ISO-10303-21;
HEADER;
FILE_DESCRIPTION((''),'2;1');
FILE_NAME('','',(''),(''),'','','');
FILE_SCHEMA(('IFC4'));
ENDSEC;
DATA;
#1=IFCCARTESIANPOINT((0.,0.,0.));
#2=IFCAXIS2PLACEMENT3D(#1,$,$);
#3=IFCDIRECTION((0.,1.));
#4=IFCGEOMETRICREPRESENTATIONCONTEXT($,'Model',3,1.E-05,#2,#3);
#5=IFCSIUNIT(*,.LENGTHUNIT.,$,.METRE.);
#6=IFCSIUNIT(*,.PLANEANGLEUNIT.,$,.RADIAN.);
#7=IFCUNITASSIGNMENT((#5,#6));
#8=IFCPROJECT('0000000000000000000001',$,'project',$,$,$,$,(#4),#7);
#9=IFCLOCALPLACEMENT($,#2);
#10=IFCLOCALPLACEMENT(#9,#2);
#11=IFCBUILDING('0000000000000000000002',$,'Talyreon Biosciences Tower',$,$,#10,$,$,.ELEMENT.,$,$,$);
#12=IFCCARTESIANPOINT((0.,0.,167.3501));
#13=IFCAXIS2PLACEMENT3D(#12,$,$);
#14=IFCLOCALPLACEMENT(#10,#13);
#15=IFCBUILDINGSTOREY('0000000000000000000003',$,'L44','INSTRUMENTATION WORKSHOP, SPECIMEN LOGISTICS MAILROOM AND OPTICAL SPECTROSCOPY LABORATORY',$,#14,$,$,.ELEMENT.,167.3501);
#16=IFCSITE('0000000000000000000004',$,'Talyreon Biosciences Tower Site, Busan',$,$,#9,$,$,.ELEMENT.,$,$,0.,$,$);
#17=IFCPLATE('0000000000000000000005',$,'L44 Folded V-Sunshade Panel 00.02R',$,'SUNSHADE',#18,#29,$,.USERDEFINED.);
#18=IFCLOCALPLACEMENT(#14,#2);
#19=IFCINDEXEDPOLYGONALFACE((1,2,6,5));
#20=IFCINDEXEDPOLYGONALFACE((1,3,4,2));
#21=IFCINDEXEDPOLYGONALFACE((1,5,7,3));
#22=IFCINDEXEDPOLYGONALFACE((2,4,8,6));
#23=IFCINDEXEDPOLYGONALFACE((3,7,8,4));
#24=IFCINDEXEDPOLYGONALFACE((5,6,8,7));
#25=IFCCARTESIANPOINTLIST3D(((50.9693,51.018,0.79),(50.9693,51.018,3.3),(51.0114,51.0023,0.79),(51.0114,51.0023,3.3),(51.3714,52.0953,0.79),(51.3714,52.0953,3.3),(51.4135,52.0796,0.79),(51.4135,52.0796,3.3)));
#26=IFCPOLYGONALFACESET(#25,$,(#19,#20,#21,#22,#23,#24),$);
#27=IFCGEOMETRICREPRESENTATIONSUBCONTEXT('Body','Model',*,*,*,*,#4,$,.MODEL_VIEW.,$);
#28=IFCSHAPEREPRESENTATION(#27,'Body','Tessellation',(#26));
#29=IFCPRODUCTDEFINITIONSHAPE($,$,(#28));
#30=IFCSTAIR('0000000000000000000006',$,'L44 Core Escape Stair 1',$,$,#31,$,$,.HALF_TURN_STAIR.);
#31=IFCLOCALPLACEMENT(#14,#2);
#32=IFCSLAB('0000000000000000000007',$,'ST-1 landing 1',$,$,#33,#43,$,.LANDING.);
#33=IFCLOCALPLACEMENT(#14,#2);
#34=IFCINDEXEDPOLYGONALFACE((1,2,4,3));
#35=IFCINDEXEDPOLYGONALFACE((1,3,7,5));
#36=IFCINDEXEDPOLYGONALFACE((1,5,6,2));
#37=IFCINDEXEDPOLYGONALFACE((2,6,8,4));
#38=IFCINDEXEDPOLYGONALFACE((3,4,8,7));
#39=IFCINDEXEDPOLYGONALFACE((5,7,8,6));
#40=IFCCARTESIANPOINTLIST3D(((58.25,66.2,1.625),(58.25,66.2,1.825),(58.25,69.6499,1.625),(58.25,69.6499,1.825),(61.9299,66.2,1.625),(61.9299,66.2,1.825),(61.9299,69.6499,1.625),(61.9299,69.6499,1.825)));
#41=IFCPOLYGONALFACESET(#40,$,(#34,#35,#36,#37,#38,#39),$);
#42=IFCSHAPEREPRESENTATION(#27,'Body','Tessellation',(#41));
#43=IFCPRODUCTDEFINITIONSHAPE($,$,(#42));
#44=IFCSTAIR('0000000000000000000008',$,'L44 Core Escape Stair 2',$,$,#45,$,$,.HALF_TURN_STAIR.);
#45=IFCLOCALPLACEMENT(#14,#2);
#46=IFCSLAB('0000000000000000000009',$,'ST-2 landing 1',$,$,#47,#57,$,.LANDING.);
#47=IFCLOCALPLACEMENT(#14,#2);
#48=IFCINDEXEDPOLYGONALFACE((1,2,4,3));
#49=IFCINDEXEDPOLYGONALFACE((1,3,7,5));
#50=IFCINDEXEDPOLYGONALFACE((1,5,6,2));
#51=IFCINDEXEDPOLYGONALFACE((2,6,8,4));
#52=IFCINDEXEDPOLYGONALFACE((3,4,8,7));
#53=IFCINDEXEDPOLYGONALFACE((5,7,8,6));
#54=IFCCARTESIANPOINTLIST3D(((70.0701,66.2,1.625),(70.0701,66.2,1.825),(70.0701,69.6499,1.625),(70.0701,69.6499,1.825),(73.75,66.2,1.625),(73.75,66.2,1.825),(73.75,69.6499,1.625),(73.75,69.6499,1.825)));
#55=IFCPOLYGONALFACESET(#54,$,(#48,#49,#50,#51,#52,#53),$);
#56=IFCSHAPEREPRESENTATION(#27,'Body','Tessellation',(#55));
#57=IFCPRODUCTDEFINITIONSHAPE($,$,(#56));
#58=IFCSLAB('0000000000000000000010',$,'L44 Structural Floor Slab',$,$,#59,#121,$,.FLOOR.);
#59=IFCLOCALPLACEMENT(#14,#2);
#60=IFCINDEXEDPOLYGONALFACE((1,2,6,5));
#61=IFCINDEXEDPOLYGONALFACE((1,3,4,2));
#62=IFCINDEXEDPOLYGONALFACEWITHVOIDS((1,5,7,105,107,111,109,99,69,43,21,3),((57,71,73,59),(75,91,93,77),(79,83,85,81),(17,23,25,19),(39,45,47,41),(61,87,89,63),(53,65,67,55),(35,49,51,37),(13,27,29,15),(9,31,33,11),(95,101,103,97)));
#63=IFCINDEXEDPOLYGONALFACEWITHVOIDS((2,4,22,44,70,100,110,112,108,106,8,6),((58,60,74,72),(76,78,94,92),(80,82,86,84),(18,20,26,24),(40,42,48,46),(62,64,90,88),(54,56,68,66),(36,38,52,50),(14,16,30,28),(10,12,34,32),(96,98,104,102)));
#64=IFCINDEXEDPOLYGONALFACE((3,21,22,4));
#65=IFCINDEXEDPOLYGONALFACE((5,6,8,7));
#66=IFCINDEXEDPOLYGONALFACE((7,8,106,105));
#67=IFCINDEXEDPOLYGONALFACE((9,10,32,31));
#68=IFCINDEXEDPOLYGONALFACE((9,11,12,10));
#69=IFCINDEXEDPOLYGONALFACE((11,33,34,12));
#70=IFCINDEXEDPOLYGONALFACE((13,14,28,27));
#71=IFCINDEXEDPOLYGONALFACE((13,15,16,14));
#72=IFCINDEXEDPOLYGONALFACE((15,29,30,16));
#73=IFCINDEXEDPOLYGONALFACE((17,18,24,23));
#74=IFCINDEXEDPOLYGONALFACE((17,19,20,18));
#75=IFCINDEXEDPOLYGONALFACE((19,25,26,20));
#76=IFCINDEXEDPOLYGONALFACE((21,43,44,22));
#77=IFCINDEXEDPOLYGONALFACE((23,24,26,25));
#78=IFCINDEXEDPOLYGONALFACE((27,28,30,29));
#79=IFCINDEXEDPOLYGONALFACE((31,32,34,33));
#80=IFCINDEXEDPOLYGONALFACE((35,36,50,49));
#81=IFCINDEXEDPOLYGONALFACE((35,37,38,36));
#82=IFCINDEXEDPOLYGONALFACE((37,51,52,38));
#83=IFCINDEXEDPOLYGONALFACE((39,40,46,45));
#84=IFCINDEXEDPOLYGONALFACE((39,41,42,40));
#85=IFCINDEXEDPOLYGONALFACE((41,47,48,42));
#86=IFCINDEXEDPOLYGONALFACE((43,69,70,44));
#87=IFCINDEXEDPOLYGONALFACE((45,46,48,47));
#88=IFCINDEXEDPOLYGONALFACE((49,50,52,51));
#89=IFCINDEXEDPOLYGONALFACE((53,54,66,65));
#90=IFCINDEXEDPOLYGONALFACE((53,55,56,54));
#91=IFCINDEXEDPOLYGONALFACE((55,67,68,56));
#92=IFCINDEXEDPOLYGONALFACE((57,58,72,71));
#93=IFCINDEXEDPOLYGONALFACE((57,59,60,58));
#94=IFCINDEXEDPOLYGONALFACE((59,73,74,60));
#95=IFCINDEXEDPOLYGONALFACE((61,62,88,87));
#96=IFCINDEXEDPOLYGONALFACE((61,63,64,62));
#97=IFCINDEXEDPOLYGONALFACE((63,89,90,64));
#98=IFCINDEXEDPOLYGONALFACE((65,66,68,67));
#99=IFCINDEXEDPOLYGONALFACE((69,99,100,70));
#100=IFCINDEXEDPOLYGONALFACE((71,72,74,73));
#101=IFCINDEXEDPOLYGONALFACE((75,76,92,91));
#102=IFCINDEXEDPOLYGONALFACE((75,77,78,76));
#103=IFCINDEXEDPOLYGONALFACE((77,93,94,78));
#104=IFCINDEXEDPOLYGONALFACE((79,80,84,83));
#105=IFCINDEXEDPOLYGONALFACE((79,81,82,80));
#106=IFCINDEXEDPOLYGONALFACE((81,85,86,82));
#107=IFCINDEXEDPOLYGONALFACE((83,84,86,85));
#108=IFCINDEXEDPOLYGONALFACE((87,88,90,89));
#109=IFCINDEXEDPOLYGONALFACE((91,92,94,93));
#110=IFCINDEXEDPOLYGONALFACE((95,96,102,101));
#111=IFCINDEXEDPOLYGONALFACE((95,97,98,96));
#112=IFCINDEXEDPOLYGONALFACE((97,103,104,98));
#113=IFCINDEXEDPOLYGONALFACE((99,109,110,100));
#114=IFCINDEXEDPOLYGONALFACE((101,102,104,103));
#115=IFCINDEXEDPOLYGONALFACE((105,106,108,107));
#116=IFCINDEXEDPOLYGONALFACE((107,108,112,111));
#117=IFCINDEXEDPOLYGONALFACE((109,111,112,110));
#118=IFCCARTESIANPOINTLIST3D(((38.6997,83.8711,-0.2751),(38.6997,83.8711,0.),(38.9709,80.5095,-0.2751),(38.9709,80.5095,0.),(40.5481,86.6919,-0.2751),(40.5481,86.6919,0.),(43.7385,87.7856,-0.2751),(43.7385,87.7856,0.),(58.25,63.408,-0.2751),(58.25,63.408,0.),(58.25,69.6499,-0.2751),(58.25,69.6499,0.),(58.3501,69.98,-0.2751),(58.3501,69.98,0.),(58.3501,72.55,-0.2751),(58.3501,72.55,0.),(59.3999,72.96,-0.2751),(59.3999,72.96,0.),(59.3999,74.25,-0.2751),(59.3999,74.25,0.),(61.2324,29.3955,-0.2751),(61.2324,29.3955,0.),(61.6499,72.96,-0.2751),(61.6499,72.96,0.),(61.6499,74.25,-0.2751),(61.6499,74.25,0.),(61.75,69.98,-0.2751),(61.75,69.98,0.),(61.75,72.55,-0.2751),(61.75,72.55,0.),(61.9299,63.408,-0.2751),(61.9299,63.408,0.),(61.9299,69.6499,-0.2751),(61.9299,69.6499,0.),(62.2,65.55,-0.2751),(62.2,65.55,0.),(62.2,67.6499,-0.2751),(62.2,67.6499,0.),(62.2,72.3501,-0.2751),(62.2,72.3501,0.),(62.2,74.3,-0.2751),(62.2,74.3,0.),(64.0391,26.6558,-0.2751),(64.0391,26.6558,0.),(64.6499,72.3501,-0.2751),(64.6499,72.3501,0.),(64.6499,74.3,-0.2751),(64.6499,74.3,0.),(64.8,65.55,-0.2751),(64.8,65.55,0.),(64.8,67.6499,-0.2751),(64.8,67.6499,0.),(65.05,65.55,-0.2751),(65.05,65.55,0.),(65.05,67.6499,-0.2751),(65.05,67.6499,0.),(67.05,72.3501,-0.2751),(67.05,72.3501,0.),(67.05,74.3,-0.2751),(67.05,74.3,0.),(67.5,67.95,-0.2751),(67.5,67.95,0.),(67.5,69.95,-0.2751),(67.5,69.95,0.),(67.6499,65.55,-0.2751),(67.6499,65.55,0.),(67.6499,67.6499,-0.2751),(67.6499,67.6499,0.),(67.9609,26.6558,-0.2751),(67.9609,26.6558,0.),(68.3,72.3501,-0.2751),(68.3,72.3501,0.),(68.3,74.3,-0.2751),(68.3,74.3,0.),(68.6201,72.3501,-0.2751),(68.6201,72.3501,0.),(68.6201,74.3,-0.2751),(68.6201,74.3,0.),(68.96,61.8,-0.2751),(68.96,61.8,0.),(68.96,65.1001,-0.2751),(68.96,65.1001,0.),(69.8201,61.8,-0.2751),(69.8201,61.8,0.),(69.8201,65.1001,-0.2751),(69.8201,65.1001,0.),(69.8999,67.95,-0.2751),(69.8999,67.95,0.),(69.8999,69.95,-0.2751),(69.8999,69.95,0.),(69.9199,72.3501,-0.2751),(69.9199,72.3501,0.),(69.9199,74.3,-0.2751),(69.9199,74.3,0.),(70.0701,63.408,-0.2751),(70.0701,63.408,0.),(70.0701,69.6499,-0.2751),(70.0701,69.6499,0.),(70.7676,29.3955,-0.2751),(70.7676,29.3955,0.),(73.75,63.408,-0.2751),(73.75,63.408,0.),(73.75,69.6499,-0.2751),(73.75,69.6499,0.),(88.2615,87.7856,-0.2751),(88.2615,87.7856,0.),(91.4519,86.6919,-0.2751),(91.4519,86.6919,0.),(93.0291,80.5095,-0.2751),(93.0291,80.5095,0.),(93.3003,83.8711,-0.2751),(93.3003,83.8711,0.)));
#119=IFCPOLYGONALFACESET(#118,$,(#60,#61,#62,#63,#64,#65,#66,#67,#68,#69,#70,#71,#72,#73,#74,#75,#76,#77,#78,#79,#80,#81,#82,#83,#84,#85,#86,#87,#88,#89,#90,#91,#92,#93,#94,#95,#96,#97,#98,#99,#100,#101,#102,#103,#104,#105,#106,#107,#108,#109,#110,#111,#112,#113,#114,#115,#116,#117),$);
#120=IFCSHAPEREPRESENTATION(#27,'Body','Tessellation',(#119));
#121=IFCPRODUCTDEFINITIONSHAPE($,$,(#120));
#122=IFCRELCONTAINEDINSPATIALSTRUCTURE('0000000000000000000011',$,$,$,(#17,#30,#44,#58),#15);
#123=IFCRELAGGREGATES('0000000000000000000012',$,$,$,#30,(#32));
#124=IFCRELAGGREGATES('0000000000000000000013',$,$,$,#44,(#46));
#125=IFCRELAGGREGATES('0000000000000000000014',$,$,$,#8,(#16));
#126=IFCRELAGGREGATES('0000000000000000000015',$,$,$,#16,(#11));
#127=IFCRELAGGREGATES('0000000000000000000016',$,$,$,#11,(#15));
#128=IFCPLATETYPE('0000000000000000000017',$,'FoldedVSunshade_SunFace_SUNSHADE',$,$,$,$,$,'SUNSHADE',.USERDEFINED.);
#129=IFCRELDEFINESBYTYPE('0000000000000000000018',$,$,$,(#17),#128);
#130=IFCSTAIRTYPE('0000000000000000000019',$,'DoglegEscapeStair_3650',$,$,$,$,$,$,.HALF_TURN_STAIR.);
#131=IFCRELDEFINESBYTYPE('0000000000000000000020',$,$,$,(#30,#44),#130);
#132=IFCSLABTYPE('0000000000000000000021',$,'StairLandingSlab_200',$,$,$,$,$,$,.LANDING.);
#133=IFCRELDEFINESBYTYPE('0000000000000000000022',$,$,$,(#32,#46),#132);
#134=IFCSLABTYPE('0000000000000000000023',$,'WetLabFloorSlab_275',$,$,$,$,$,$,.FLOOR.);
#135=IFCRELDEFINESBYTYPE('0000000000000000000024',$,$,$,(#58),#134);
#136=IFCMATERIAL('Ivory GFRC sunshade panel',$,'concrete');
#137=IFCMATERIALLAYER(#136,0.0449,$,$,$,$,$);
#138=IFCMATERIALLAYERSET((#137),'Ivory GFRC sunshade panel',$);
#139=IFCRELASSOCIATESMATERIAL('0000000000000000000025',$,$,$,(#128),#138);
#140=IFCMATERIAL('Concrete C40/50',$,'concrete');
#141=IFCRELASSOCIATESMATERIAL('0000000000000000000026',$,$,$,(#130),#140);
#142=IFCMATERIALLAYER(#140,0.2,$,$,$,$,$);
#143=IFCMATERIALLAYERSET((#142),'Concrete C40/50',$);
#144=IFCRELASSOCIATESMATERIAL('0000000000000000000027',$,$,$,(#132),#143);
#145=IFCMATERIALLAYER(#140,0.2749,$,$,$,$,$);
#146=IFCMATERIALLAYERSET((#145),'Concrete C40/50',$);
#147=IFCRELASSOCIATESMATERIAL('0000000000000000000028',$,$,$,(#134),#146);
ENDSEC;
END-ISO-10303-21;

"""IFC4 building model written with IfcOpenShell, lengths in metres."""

from ifc_helpers import new_model, si_unit, direction, frame, origin, origin_2d, place, context, subcontext, project, spatial, polyline, rectangle, outline, extrude, material, layer, layer_set, type_object, element, aggregate, save


model = new_model("IFC4")

# Units and contexts
model_context = context("Model", 3, precision=1e-05, world=origin(), true_north=direction((0.0, 1.0)))
body_context = subcontext(model_context, "Body", "Model", "MODEL_VIEW")
ifc_project = project(units=[si_unit("LENGTHUNIT", "METRE"), si_unit("PLANEANGLEUNIT", "RADIAN")], contexts=[model_context])

# Site, building, storey
site_placement = place(None, origin())
site = spatial("IfcSite", under=ifc_project, at=site_placement, Name="Talyreon Biosciences Tower Site, Busan", CompositionType="ELEMENT", RefElevation=0.0)
building_placement = place(site_placement, origin())
building = spatial("IfcBuilding", under=site, at=building_placement, Name="Talyreon Biosciences Tower", CompositionType="ELEMENT")
storey_placement = place(building_placement, frame((0.0, 0.0, 167.3501)))
storey = spatial("IfcBuildingStorey", under=building, at=storey_placement, Name="L44", Description="INSTRUMENTATION WORKSHOP, SPECIMEN LOGISTICS MAILROOM AND OPTICAL SPECTROSCOPY LABORATORY", CompositionType="ELEMENT", Elevation=167.3501)

# Plate
ifc_material_1 = material(Name="Ivory GFRC sunshade panel", Category="concrete")
ifc_layer_1 = layer(ifc_material_1, 0.0449)
ifc_layer_set_1 = layer_set([ifc_layer_1], Name="Ivory GFRC sunshade panel")
plate_type_1 = type_object("IfcPlateType", Name="FoldedVSunshade_SunFace_SUNSHADE", ElementType="SUNSHADE", PredefinedType="USERDEFINED", material=ifc_layer_set_1)
for number, where, z_axis, x_axis, name in (
    (1, (51.1914, 51.5488, 0.79), (0.0, 0.0, 1.0), (0.349651, 0.93688, 0.0), "L44 Folded V-Sunshade Panel 00.02R"),
):
    element("IfcPlate", number, at=place(storey_placement, frame(where, z_axis=z_axis, x_axis=x_axis)), inside=storey, type_object=plate_type_1, Name=name, ObjectType="SUNSHADE", PredefinedType="USERDEFINED", context=body_context, shape_type="SweptSolid", body=[
        extrude(rectangle(XDim=1.1499, YDim=0.0449, at=origin_2d()), origin(), (0.0, 0.0, 1.0), 2.51),
    ])

# Stairs, slabs
ifc_material_2 = material(Name="Concrete C40/50", Category="concrete")
stair_type = type_object("IfcStairType", Name="DoglegEscapeStair_3650", PredefinedType="HALF_TURN_STAIR", material=ifc_material_2)
stair_1_placement = place(storey_placement, origin())
stair_1 = element("IfcStair", 2, at=stair_1_placement, inside=storey, type_object=stair_type, Name="L44 Core Escape Stair 1", PredefinedType="HALF_TURN_STAIR")
ifc_layer_2 = layer(ifc_material_2, 0.2)
ifc_layer_set_2 = layer_set([ifc_layer_2], Name="Concrete C40/50")
slab_type_1 = type_object("IfcSlabType", Name="StairLandingSlab_200", PredefinedType="LANDING", material=ifc_layer_set_2)
slab_1_placement = place(storey_placement, frame((0.0, 0.0, 1.625)))
slab_1 = element("IfcSlab", 3, at=slab_1_placement, type_object=slab_type_1, Name="ST-1 landing 1", PredefinedType="LANDING", context=body_context, shape_type="SweptSolid", body=[
    extrude(outline(polyline([(61.9299, 66.2), (61.9299, 69.6499), (58.25, 69.6499), (58.25, 66.2), (61.9299, 66.2)])), origin(), (0.0, 0.0, 1.0), 0.2),
])
aggregate(stair_1, [slab_1])
stair_2_placement = place(storey_placement, origin())
stair_2 = element("IfcStair", 4, at=stair_2_placement, inside=storey, type_object=stair_type, Name="L44 Core Escape Stair 2", PredefinedType="HALF_TURN_STAIR")
slab_2_placement = place(storey_placement, frame((0.0, 0.0, 1.625)))
slab_2 = element("IfcSlab", 5, at=slab_2_placement, type_object=slab_type_1, Name="ST-2 landing 1", PredefinedType="LANDING", context=body_context, shape_type="SweptSolid", body=[
    extrude(outline(polyline([(73.75, 66.2), (73.75, 69.6499), (70.0701, 69.6499), (70.0701, 66.2), (73.75, 66.2)])), origin(), (0.0, 0.0, 1.0), 0.2),
])
aggregate(stair_2, [slab_2])

# Slab
ifc_layer_3 = layer(ifc_material_2, 0.2749)
ifc_layer_set_3 = layer_set([ifc_layer_3], Name="Concrete C40/50")
slab_type_2 = type_object("IfcSlabType", Name="WetLabFloorSlab_275", PredefinedType="FLOOR", material=ifc_layer_set_3)
slab_3_placement = place(storey_placement, frame((0.0, 0.0, -0.2751)))
element("IfcSlab", 6, at=slab_3_placement, inside=storey, type_object=slab_type_2, Name="L44 Structural Floor Slab", PredefinedType="FLOOR", context=body_context, shape_type="SweptSolid", body=[
    extrude(outline(polyline([(61.2324, 29.3955), (38.9709, 80.5095), (38.6997, 83.8711), (40.5481, 86.6919), (43.7385, 87.7856), (88.2615, 87.7856), (91.4519, 86.6919), (93.3003, 83.8711), (93.0291, 80.5095), (70.7676, 29.3955), (67.9609, 26.6558), (64.0391, 26.6558), (61.2324, 29.3955)]), holes=[polyline([(61.9299, 69.6499), (61.9299, 63.408), (58.25, 63.408), (58.25, 69.6499), (61.9299, 69.6499)]), polyline([(64.8, 67.6499), (64.8, 65.55), (62.2, 65.55), (62.2, 67.6499), (64.8, 67.6499)]), polyline([(67.6499, 67.6499), (67.6499, 65.55), (65.05, 65.55), (65.05, 67.6499), (67.6499, 67.6499)]), polyline([(61.75, 69.98), (58.3501, 69.98), (58.3501, 72.55), (61.75, 72.55), (61.75, 69.98)]), polyline([(64.6499, 72.3501), (62.2, 72.3501), (62.2, 74.3), (64.6499, 74.3), (64.6499, 72.3501)]), polyline([(61.6499, 74.25), (61.6499, 72.96), (59.3999, 72.96), (59.3999, 74.25), (61.6499, 74.25)]), polyline([(69.8201, 61.8), (68.96, 61.8), (68.96, 65.1001), (69.8201, 65.1001), (69.8201, 61.8)]), polyline([(73.75, 63.408), (70.0701, 63.408), (70.0701, 69.6499), (73.75, 69.6499), (73.75, 63.408)]), polyline([(69.8999, 69.95), (69.8999, 67.95), (67.5, 67.95), (67.5, 69.95), (69.8999, 69.95)]), polyline([(68.3, 72.3501), (67.05, 72.3501), (67.05, 74.3), (68.3, 74.3), (68.3, 72.3501)]), polyline([(69.9199, 72.3501), (68.6201, 72.3501), (68.6201, 74.3), (69.9199, 74.3), (69.9199, 72.3501)])]), origin(), (0.0, 0.0, 1.0), 0.2751),
])

save(model, "model.ifc")
